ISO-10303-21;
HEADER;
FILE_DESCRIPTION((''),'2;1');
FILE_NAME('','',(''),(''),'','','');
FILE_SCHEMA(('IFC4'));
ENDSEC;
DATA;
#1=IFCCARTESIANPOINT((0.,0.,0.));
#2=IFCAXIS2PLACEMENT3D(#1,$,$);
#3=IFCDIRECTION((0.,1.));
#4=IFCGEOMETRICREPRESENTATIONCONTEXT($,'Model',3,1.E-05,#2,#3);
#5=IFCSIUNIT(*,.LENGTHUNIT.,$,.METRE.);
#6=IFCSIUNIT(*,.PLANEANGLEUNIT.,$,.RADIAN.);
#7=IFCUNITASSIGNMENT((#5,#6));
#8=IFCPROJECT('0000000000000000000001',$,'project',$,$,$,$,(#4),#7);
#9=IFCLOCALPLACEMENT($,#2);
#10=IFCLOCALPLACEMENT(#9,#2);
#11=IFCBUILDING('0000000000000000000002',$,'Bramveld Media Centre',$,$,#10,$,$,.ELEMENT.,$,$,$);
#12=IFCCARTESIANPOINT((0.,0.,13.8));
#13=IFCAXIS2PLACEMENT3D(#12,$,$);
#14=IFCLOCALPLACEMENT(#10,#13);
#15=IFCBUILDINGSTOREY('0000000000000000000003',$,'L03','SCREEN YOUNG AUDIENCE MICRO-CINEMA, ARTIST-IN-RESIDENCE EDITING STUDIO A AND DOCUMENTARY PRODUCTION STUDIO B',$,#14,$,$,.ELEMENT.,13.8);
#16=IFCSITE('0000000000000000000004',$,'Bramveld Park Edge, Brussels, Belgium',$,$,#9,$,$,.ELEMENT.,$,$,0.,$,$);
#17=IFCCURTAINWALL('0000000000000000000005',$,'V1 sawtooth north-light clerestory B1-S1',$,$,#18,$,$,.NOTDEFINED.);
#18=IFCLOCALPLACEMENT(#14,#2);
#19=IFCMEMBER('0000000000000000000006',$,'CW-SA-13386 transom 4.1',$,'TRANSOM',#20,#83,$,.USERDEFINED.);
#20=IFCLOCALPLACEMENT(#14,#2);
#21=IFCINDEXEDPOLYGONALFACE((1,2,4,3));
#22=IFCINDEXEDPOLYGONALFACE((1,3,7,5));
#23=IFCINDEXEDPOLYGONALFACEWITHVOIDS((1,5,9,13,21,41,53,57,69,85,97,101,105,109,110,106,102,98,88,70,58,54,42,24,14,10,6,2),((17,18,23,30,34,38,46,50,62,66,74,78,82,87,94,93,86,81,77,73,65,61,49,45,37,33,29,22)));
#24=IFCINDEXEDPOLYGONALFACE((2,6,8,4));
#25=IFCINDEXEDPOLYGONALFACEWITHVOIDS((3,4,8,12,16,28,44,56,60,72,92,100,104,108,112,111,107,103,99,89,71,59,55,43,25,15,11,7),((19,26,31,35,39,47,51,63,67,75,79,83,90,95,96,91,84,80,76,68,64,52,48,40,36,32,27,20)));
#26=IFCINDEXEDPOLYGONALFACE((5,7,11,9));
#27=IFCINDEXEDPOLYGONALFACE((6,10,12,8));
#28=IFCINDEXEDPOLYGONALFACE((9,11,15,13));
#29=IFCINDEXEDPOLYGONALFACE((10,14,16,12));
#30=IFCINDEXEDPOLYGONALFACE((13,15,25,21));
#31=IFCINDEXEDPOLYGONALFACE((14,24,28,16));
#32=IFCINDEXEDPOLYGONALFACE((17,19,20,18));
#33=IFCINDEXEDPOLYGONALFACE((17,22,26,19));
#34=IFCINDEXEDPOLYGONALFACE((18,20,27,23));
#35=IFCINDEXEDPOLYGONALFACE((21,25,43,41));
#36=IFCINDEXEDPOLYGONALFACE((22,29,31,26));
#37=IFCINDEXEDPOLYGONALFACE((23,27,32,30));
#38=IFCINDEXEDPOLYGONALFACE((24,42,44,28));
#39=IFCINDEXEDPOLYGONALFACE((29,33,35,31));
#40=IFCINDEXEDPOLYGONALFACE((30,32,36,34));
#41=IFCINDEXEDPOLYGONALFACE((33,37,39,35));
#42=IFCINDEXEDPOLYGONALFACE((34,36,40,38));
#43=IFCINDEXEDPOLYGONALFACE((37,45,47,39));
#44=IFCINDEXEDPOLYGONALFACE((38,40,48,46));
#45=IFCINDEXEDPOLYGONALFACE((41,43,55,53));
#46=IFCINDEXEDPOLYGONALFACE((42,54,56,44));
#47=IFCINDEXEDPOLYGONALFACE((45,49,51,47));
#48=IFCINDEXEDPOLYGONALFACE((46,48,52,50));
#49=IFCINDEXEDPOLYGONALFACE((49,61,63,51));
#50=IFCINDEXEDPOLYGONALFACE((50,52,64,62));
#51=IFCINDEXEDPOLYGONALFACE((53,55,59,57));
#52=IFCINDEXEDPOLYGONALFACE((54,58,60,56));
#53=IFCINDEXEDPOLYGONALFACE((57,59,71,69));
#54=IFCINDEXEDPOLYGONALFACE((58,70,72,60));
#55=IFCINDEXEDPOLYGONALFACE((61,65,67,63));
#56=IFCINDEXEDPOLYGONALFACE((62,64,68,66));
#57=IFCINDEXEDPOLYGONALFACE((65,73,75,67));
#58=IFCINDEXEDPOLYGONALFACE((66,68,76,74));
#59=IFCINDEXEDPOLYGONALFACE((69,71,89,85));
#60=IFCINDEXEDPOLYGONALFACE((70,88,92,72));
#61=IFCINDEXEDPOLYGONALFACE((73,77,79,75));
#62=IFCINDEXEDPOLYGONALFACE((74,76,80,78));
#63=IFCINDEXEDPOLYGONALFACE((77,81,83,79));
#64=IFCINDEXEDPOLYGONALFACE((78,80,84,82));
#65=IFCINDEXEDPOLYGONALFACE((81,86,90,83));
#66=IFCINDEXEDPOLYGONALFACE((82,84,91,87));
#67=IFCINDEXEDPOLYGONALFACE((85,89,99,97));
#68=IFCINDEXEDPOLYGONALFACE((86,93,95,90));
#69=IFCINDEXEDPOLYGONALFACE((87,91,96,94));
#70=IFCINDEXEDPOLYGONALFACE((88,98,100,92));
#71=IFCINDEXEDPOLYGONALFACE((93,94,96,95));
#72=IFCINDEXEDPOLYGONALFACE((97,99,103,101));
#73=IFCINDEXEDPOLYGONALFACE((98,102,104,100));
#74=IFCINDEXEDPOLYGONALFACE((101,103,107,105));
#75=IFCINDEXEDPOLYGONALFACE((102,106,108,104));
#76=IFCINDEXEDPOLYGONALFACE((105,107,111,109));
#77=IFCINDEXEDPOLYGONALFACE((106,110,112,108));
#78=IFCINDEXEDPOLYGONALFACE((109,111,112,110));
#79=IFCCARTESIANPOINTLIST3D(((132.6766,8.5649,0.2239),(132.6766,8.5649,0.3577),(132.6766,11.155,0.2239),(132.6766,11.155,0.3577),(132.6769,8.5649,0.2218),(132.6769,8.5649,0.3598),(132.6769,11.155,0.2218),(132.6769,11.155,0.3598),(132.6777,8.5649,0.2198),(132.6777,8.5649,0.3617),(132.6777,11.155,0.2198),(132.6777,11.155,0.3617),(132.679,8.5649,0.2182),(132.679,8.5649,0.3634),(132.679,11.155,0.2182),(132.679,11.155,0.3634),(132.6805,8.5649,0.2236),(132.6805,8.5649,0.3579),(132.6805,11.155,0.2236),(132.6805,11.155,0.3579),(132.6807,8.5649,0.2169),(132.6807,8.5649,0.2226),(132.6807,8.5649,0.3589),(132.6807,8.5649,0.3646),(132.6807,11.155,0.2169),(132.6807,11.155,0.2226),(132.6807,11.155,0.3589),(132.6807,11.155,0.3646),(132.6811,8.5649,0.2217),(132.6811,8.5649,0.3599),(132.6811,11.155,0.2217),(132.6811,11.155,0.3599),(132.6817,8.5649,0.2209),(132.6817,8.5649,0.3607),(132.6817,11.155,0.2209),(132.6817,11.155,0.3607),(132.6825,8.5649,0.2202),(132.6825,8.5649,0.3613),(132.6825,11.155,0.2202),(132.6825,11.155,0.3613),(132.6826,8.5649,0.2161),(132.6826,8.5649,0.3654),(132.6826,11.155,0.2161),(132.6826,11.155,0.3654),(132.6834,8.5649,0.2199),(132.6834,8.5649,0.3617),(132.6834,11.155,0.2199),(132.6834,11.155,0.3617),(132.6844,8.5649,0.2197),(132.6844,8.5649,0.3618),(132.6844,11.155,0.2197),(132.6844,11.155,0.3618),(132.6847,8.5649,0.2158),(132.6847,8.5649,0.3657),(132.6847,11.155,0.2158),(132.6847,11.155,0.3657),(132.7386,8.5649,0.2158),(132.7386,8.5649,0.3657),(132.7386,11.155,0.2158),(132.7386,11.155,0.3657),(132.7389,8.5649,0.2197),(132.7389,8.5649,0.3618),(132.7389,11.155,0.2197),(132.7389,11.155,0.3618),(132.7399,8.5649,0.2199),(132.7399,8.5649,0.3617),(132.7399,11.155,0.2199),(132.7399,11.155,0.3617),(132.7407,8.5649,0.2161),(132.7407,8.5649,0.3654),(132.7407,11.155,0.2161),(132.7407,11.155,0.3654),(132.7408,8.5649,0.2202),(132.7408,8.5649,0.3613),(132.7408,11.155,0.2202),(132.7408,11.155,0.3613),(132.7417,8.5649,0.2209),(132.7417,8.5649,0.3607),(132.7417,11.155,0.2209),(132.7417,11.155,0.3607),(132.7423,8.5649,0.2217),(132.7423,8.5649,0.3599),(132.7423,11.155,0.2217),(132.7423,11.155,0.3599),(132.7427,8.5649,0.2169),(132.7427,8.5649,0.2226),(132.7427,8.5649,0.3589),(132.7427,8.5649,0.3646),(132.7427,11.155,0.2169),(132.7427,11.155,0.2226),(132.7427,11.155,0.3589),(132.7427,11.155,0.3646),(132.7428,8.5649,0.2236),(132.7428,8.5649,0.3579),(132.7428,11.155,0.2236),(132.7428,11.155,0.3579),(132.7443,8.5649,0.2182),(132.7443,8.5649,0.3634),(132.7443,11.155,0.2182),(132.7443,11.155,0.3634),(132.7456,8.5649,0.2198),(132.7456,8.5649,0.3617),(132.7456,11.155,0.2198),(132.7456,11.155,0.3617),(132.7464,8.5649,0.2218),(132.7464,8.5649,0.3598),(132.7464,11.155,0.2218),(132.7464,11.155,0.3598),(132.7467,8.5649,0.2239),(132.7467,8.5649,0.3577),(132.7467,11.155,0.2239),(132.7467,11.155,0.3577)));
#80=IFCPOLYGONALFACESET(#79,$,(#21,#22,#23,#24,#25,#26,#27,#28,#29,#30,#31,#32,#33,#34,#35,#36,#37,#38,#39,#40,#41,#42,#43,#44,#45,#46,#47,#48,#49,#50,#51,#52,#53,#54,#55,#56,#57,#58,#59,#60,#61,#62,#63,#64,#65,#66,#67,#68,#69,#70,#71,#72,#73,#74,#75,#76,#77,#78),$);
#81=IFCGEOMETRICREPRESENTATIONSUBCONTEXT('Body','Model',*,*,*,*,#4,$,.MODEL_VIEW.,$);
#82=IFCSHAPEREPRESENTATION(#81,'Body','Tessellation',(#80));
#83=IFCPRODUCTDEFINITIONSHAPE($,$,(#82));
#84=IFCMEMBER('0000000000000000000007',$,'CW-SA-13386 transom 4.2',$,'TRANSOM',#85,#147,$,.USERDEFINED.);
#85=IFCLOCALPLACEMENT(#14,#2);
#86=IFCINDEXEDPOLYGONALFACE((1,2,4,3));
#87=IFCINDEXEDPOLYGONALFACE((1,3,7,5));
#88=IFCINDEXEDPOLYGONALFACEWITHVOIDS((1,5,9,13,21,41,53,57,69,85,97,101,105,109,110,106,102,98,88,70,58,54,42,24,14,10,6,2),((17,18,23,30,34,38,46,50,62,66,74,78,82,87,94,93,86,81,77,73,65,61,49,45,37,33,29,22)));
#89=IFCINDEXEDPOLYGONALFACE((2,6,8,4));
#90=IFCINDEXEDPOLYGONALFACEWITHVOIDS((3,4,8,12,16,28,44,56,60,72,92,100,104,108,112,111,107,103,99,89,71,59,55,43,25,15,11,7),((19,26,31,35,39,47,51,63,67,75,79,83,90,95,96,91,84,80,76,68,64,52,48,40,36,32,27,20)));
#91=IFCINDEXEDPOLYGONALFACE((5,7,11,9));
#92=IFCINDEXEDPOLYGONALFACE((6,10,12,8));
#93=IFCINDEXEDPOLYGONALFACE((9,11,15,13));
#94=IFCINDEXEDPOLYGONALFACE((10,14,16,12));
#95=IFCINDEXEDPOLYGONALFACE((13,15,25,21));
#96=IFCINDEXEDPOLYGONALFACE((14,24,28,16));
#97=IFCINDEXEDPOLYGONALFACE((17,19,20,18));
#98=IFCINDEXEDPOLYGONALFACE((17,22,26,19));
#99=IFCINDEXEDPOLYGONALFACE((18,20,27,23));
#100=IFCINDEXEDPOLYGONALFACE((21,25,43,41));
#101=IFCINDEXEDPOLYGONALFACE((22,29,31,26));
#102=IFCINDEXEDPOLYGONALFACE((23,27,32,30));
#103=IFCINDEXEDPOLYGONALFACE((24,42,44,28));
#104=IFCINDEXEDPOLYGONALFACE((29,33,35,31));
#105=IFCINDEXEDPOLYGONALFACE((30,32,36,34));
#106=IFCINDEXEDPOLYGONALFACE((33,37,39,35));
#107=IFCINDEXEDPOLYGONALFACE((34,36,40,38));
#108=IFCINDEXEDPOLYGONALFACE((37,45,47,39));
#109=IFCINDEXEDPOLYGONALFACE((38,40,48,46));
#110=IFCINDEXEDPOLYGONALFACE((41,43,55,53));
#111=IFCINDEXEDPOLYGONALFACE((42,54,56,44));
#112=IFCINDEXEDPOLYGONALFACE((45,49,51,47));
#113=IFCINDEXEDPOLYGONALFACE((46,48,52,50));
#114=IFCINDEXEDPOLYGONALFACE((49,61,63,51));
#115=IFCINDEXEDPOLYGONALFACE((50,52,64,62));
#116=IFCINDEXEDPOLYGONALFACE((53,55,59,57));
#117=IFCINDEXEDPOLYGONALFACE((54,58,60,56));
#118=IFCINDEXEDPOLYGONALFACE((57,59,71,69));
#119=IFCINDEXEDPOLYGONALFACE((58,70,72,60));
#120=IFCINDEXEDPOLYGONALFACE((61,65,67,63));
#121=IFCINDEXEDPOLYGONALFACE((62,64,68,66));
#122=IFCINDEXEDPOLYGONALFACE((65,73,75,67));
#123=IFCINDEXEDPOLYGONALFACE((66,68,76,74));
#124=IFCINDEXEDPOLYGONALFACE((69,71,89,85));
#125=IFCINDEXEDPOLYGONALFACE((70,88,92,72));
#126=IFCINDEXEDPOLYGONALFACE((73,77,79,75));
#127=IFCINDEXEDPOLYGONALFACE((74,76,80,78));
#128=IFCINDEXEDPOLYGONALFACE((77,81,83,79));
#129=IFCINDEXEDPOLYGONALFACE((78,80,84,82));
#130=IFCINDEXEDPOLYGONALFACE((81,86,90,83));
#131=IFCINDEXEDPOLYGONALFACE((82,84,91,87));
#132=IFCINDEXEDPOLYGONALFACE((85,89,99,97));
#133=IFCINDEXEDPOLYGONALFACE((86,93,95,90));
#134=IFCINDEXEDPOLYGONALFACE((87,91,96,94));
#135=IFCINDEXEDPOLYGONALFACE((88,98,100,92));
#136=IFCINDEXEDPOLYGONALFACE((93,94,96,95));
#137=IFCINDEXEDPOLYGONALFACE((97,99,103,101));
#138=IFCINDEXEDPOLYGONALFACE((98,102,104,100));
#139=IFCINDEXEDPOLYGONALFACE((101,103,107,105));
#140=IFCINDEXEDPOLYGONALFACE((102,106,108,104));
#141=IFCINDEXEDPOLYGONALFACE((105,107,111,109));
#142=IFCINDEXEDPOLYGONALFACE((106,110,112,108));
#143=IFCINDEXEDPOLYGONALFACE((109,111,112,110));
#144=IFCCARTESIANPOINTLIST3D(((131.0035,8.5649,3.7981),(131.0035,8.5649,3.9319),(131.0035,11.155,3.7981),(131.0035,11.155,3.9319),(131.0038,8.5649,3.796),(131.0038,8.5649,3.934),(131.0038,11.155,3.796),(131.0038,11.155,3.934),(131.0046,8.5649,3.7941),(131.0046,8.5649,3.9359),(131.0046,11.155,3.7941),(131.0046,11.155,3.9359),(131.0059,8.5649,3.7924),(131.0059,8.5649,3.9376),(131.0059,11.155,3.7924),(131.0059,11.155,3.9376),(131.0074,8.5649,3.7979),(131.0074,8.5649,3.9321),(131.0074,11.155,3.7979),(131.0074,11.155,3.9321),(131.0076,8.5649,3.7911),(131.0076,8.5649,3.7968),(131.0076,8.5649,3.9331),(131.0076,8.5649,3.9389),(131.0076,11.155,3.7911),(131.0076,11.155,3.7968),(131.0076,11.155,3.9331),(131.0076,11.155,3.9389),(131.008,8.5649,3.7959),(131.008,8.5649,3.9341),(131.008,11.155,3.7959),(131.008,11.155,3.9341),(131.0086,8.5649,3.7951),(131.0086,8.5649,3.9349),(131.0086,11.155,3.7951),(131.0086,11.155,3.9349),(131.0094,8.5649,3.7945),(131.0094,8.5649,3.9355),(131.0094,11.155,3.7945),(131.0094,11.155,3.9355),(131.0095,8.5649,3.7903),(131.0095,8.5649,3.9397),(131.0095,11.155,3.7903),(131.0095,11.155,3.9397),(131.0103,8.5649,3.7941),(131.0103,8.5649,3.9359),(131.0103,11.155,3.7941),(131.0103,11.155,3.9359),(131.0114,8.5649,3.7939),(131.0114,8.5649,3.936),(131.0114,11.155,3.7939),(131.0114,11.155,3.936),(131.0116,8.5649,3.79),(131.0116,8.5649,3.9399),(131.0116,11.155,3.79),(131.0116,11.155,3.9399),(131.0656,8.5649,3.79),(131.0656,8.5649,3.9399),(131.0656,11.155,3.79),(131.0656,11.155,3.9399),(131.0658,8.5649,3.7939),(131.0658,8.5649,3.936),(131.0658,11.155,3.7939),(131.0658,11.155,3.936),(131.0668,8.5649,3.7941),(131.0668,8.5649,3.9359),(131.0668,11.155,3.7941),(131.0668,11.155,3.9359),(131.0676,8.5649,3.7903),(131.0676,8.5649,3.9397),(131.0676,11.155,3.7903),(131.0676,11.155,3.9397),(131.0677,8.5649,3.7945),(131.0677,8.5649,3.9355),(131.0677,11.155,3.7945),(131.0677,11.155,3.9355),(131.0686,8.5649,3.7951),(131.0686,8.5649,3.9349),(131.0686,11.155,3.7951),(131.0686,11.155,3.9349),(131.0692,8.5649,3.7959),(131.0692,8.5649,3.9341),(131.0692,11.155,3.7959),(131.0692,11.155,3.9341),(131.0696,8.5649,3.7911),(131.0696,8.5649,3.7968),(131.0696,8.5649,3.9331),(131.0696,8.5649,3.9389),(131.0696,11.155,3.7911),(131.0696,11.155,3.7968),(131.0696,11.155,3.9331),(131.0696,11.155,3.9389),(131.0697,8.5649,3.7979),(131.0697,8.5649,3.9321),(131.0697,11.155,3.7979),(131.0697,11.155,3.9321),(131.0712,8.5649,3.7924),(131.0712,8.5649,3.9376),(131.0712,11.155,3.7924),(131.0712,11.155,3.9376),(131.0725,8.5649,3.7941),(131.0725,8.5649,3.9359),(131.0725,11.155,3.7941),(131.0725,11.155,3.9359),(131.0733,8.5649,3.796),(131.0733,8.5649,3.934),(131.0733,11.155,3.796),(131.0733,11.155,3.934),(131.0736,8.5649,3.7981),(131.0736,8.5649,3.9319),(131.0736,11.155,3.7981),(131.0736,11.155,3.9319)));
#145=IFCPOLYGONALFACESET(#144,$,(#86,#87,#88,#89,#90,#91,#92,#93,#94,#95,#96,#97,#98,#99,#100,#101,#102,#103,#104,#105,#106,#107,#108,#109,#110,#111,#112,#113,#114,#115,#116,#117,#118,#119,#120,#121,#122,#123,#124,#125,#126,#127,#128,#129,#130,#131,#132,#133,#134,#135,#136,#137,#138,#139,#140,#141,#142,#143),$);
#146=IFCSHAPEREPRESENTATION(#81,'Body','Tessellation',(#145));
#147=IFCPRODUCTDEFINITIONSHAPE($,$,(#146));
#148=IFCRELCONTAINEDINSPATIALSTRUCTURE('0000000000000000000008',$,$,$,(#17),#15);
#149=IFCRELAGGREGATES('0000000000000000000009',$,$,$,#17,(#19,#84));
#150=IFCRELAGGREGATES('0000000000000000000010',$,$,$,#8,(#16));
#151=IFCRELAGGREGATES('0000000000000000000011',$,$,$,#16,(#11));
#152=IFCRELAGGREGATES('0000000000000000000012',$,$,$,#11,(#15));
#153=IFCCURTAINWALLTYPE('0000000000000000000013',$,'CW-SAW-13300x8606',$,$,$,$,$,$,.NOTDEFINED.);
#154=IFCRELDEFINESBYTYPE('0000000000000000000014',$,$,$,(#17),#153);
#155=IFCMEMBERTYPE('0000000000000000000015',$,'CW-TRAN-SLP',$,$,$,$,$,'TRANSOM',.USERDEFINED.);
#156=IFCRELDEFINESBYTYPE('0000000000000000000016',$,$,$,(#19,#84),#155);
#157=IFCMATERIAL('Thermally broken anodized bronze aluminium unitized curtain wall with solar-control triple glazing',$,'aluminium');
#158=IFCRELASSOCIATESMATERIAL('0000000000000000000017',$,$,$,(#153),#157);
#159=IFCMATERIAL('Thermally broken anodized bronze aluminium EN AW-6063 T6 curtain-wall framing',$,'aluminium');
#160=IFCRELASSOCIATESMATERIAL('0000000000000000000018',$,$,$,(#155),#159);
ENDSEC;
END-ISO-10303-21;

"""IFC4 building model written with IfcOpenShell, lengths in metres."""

from ifc_helpers import new_model, si_unit, direction, frame, origin, origin_2d, place, context, subcontext, project, spatial, hollow_rectangle, extrude, material, material_profile, profile_set, type_object, element, aggregate, save


model = new_model("IFC4")

# Units and contexts
model_context = context("Model", 3, precision=1e-05, world=origin(), true_north=direction((0.0, 1.0)))
body_context = subcontext(model_context, "Body", "Model", "MODEL_VIEW")
ifc_project = project(units=[si_unit("LENGTHUNIT", "METRE"), si_unit("PLANEANGLEUNIT", "RADIAN")], contexts=[model_context])

# Site, building, storey
site_placement = place(None, origin())
site = spatial("IfcSite", under=ifc_project, at=site_placement, Name="Bramveld Park Edge, Brussels, Belgium", CompositionType="ELEMENT", RefElevation=0.0)
building_placement = place(site_placement, origin())
building = spatial("IfcBuilding", under=site, at=building_placement, Name="Bramveld Media Centre", CompositionType="ELEMENT")
storey_placement = place(building_placement, frame((0.0, 0.0, 13.8)))
storey = spatial("IfcBuildingStorey", under=building, at=storey_placement, Name="L03", Description="SCREEN YOUNG AUDIENCE MICRO-CINEMA, ARTIST-IN-RESIDENCE EDITING STUDIO A AND DOCUMENTARY PRODUCTION STUDIO B", CompositionType="ELEMENT", Elevation=13.8)

# Curtain wall, members
ifc_material_1 = material(Name="Thermally broken anodized bronze aluminium unitized curtain wall with solar-control triple glazing", Category="aluminium")
curtain_wall_type = type_object("IfcCurtainWallType", Name="CW-SAW-13300x8606", PredefinedType="NOTDEFINED", material=ifc_material_1)
curtain_wall_placement = place(storey_placement, origin())
curtain_wall = element("IfcCurtainWall", 1, at=curtain_wall_placement, inside=storey, type_object=curtain_wall_type, Name="V1 sawtooth north-light clerestory B1-S1", PredefinedType="NOTDEFINED")
ifc_material_2 = material(Name="Thermally broken anodized bronze aluminium EN AW-6063 T6 curtain-wall framing", Category="aluminium")
ifc_material_profile_1 = material_profile(ifc_material_2, hollow_rectangle(XDim=0.0701, YDim=0.1499, WallThickness=0.0039, InnerFilletRadius=0.0039, OuterFilletRadius=0.0081, at=origin_2d()), Name="AL-TRAN 70x150")
ifc_profile_set_1 = profile_set([ifc_material_profile_1], Name="Thermally broken anodized bronze aluminium EN AW-6063 T6 curtain-wall framing")
member_type = type_object("IfcMemberType", Name="CW-TRAN-SLP", ElementType="TRANSOM", PredefinedType="USERDEFINED", material=ifc_profile_set_1)
member_1_placement = place(storey_placement, frame((132.7117, 8.5649, 0.2908), z_axis=(0.0, 1.0, 0.0), x_axis=(-1.0, 0.0, 0.0)))
member_1 = element("IfcMember", 2, at=member_1_placement, type_object=member_type, Name="CW-SA-13386 transom 4.1", ObjectType="TRANSOM", PredefinedType="USERDEFINED", context=body_context, shape_type="SweptSolid", body=[
    extrude(hollow_rectangle(XDim=0.0701, YDim=0.1499, WallThickness=0.0039, InnerFilletRadius=0.0039, OuterFilletRadius=0.0081, at=origin_2d()), origin(), (0.0, 0.0, 1.0), 2.5901),
])
member_2_placement = place(storey_placement, frame((131.0386, 8.5649, 3.865), z_axis=(0.0, 1.0, 0.0), x_axis=(-1.0, 0.0, 0.0)))
member_2 = element("IfcMember", 3, at=member_2_placement, type_object=member_type, Name="CW-SA-13386 transom 4.2", ObjectType="TRANSOM", PredefinedType="USERDEFINED", context=body_context, shape_type="SweptSolid", body=[
    extrude(hollow_rectangle(XDim=0.0701, YDim=0.1499, WallThickness=0.0039, InnerFilletRadius=0.0039, OuterFilletRadius=0.0081, at=origin_2d()), origin(), (0.0, 0.0, 1.0), 2.5901),
])

aggregate(curtain_wall, [member_1, member_2])

save(model, "model.ifc")
